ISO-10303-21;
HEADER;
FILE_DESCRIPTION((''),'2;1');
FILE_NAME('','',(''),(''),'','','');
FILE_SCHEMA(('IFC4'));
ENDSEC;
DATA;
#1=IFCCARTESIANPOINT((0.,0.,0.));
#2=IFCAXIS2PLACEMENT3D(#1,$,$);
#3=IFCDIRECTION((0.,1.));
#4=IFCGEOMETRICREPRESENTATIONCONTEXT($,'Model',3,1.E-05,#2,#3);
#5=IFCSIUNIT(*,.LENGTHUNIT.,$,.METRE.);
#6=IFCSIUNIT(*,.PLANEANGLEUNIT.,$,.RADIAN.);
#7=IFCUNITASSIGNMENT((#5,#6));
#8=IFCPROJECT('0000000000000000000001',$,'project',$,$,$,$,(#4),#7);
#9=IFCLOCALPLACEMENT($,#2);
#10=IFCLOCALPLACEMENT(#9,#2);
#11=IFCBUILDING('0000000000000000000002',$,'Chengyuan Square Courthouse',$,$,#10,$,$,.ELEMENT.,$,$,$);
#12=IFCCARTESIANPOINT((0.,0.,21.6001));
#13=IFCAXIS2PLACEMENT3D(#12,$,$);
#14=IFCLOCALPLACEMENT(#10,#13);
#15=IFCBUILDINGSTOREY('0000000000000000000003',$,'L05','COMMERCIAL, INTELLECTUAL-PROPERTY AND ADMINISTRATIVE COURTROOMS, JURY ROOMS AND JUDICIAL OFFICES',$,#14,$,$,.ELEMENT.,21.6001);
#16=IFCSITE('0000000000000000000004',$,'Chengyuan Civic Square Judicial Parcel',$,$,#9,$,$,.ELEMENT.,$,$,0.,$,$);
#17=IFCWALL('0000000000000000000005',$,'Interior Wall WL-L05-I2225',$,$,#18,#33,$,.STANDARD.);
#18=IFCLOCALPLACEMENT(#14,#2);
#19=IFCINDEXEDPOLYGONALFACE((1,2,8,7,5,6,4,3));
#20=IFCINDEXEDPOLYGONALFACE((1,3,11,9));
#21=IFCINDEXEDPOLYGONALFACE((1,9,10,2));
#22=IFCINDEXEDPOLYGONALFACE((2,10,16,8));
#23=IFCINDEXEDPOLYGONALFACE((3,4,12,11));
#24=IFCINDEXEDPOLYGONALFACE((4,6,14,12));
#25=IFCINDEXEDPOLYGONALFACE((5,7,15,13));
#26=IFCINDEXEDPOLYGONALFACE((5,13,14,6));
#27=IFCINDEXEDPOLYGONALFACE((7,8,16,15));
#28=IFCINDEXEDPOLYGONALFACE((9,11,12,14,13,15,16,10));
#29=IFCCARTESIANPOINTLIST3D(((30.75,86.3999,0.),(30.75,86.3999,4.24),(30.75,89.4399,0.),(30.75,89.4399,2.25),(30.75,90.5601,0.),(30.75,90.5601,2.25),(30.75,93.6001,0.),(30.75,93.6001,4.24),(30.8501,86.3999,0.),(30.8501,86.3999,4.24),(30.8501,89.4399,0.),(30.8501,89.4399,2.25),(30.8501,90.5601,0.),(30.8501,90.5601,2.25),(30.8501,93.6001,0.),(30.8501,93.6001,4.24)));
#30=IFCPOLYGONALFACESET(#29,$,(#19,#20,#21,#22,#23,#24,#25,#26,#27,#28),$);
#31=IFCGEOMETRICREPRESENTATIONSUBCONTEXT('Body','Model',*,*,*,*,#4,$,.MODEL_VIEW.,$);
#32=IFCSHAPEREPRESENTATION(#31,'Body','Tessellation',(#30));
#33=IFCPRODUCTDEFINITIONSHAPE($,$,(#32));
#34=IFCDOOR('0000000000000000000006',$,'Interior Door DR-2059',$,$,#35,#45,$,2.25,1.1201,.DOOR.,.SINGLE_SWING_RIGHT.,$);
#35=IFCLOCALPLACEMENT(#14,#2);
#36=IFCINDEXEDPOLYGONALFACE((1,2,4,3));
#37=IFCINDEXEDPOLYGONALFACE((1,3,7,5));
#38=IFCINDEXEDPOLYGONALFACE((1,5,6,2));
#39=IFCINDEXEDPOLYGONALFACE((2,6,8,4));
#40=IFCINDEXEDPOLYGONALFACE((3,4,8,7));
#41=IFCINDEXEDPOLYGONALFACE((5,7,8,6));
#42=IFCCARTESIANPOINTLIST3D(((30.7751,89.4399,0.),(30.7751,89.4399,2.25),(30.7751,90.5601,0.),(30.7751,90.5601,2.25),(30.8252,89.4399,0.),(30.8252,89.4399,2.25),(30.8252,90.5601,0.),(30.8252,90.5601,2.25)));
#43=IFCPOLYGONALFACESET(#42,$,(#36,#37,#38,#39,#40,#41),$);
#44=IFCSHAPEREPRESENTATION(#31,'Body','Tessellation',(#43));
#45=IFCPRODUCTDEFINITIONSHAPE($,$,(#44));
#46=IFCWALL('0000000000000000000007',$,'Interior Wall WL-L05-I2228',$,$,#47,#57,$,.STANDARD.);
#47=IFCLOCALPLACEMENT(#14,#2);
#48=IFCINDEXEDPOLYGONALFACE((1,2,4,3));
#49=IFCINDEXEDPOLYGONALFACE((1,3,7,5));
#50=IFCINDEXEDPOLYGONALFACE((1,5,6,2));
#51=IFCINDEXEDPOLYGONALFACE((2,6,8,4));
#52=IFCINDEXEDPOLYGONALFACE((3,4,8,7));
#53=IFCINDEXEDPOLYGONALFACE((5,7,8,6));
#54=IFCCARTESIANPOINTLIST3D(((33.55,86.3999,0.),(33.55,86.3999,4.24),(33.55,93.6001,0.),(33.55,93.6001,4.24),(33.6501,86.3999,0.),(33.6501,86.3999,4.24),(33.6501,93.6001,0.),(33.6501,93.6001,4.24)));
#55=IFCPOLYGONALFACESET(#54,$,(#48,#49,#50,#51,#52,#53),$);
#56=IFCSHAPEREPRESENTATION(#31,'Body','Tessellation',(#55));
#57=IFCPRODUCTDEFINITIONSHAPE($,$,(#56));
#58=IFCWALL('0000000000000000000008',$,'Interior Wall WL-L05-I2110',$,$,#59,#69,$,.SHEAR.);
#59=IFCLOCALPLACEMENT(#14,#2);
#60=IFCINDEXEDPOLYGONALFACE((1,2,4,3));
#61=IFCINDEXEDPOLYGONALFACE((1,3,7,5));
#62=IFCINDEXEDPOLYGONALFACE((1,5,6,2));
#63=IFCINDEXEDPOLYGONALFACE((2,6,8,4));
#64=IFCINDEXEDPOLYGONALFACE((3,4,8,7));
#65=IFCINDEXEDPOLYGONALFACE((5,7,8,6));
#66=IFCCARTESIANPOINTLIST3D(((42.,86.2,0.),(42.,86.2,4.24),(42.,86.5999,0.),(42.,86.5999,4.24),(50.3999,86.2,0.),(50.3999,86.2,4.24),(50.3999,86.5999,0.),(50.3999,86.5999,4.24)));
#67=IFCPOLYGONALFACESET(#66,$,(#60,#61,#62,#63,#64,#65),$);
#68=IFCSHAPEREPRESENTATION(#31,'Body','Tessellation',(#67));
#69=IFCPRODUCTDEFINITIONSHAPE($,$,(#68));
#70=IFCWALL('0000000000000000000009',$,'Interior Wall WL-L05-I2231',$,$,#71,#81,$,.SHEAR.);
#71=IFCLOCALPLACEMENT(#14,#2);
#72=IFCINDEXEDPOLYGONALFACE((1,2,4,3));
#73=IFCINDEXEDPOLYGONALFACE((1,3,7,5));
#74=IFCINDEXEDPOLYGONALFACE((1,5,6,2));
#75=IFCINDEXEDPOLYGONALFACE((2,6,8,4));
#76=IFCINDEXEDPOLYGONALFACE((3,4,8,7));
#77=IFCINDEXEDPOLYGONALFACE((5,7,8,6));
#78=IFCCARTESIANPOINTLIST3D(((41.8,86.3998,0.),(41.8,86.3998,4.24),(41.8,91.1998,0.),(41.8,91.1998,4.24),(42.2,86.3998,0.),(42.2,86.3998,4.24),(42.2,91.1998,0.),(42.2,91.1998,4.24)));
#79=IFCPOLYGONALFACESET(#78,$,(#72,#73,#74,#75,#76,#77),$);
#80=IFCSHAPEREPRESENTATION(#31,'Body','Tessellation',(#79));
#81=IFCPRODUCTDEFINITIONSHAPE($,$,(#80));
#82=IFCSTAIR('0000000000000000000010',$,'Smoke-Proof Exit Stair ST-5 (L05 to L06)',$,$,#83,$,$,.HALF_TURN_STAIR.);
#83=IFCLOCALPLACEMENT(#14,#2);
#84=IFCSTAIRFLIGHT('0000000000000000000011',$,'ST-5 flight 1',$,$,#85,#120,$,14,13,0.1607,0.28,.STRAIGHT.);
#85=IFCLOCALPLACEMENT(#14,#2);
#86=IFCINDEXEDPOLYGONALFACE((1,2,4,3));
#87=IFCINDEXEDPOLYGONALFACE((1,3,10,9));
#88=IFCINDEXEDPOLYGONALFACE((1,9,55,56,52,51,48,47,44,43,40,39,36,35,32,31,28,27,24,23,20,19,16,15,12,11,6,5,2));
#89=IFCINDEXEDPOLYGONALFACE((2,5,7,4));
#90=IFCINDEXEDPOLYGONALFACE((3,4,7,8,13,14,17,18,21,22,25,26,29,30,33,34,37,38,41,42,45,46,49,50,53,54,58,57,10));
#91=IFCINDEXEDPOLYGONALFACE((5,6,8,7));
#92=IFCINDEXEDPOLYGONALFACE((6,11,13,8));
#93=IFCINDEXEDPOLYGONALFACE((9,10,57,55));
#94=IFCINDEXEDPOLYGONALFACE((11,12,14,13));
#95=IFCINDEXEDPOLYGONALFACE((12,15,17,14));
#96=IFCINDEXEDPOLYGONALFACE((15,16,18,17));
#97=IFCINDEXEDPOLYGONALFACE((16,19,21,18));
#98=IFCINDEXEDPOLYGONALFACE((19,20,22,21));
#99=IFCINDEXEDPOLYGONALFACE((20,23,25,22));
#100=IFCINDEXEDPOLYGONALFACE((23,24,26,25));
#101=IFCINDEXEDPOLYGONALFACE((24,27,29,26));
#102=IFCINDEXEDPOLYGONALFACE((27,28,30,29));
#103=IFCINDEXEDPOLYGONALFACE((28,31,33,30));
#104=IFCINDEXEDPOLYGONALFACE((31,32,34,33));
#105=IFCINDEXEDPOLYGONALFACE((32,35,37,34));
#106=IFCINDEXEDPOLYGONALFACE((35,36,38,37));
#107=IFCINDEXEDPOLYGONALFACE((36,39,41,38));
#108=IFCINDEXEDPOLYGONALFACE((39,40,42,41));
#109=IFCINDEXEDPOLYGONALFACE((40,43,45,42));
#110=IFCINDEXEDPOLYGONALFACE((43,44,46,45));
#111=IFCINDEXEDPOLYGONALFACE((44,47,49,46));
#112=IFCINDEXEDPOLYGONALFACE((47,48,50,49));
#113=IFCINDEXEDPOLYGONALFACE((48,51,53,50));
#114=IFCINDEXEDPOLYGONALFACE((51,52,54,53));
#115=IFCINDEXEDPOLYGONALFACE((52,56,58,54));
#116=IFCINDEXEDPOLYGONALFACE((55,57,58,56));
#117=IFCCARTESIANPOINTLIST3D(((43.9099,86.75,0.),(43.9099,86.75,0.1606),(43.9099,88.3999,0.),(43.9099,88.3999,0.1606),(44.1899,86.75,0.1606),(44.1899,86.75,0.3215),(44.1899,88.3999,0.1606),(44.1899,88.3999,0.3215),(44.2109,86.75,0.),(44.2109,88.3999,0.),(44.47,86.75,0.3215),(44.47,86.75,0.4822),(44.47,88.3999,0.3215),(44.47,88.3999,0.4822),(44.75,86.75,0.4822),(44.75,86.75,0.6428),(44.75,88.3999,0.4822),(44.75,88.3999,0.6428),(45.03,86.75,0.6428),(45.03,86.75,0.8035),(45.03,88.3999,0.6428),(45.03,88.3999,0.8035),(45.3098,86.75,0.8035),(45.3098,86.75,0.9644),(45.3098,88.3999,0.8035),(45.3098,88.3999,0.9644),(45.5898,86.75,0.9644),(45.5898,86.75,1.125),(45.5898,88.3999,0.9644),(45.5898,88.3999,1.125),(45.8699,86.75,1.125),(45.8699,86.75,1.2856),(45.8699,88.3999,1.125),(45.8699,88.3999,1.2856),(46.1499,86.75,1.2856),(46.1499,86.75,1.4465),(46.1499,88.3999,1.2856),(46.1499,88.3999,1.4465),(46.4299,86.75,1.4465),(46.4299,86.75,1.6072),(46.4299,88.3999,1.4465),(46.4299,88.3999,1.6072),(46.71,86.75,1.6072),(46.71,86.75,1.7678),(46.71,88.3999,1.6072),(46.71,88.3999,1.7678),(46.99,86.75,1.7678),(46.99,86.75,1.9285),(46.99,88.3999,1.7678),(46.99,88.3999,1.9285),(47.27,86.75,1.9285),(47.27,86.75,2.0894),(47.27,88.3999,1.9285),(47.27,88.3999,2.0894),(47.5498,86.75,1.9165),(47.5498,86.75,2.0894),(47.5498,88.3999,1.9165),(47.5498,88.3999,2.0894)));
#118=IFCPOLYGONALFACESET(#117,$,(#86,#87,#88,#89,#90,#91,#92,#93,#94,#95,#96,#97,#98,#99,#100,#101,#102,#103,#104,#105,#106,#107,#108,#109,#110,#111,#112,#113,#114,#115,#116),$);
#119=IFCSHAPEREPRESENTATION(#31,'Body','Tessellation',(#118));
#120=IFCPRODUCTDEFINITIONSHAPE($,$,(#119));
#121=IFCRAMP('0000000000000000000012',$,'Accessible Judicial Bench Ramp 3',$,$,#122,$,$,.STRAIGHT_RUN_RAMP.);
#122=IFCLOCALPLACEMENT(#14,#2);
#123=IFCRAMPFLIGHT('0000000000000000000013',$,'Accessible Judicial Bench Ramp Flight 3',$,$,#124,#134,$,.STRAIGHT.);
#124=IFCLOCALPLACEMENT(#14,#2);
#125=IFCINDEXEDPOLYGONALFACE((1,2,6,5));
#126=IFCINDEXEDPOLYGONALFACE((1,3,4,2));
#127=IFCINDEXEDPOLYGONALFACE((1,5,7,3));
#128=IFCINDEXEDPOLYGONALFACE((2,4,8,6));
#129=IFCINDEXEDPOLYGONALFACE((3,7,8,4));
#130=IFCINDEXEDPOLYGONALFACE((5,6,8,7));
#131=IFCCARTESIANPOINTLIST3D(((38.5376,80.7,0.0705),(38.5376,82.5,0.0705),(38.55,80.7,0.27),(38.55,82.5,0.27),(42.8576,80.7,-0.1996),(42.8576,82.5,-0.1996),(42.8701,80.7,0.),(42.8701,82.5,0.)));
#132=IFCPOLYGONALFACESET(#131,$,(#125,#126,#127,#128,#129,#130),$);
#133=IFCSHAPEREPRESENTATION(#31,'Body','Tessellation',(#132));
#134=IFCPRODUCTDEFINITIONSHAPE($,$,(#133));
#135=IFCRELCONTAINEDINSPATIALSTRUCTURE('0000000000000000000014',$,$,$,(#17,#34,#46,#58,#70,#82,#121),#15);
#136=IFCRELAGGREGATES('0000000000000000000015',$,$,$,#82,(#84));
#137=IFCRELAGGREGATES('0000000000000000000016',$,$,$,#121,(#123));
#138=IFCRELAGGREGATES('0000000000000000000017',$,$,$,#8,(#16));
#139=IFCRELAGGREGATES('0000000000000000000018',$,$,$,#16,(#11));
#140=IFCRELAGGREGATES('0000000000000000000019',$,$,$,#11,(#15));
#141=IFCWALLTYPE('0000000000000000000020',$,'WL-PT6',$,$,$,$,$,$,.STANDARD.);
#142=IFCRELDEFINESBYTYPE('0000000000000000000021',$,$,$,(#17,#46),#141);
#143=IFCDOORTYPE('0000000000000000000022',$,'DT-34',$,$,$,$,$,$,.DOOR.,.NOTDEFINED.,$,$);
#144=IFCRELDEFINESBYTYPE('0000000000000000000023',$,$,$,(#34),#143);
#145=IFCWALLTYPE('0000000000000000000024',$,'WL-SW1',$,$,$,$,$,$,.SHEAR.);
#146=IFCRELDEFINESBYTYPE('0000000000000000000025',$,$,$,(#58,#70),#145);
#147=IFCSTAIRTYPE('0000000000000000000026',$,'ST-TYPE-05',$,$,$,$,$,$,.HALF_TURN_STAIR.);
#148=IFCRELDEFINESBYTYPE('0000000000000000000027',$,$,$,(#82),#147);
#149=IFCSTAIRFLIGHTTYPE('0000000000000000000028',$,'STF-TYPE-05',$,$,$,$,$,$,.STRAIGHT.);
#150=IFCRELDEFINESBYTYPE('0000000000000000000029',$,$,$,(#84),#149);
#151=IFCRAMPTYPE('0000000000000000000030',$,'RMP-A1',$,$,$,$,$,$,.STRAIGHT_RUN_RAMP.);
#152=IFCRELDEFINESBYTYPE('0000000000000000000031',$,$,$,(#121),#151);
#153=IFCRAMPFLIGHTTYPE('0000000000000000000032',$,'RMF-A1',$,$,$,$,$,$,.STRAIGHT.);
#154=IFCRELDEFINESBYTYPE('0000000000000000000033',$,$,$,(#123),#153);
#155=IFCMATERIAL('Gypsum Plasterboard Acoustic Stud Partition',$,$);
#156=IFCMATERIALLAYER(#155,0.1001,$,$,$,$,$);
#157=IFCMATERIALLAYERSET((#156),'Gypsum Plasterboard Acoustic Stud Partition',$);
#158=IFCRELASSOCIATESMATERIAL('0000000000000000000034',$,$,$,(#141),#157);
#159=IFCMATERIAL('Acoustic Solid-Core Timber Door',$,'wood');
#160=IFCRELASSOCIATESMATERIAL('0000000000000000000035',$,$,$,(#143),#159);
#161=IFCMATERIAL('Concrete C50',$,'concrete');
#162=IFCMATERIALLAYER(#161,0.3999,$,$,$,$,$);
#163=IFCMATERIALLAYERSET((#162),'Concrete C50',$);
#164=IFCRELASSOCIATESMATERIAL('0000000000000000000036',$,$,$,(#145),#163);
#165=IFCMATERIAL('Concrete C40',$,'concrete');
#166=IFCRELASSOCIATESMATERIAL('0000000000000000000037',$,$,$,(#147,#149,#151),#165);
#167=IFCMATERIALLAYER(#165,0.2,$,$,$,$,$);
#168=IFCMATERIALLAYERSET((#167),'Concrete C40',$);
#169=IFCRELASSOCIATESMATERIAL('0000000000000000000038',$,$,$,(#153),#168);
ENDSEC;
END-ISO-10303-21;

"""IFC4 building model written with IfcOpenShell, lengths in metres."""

from ifc_helpers import new_model, si_unit, direction, frame, frame_2d, origin, place, context, subcontext, project, spatial, polyline, rectangle, outline, extrude, material, layer, layer_set, type_object, element, fill, aggregate, save


model = new_model("IFC4")

# Units and contexts
model_context = context("Model", 3, precision=1e-05, world=origin(), true_north=direction((0.0, 1.0)))
body_context = subcontext(model_context, "Body", "Model", "MODEL_VIEW")
ifc_project = project(units=[si_unit("LENGTHUNIT", "METRE"), si_unit("PLANEANGLEUNIT", "RADIAN")], contexts=[model_context])

# Site, building, storey
site_placement = place(None, origin())
site = spatial("IfcSite", under=ifc_project, at=site_placement, Name="Chengyuan Civic Square Judicial Parcel", CompositionType="ELEMENT", RefElevation=0.0)
building_placement = place(site_placement, origin())
building = spatial("IfcBuilding", under=site, at=building_placement, Name="Chengyuan Square Courthouse", CompositionType="ELEMENT")
storey_placement = place(building_placement, frame((0.0, 0.0, 21.6001)))
storey = spatial("IfcBuildingStorey", under=building, at=storey_placement, Name="L05", Description="COMMERCIAL, INTELLECTUAL-PROPERTY AND ADMINISTRATIVE COURTROOMS, JURY ROOMS AND JUDICIAL OFFICES", CompositionType="ELEMENT", Elevation=21.6001)

# Shared definitions
ifc_material_1 = material(Name="Concrete C50", Category="concrete")

# Shared definitions
ifc_material_2 = material(Name="Concrete C40", Category="concrete")

# Wall, opening, door
ifc_material_3 = material(Name="Gypsum Plasterboard Acoustic Stud Partition")
ifc_layer_1 = layer(ifc_material_3, 0.1001)
ifc_layer_set_1 = layer_set([ifc_layer_1], Name="Gypsum Plasterboard Acoustic Stud Partition")
wall_type_1 = type_object("IfcWallType", Name="WL-PT6", PredefinedType="STANDARD", material=ifc_layer_set_1)
wall_1_placement = place(storey_placement, frame((30.8, 86.3999, 0.0), z_axis=(0.0, 0.0, 1.0), x_axis=(0.0, 1.0, 0.0)))
wall_1 = element("IfcWall", 1, at=wall_1_placement, inside=storey, type_object=wall_type_1, Name="Interior Wall WL-L05-I2225", PredefinedType="STANDARD", context=body_context, shape_type="SweptSolid", body=[
    extrude(rectangle(XDim=7.2002, YDim=0.1001, at=frame_2d((3.6001, 0.0))), origin(), (0.0, 0.0, 1.0), 4.24),
])
opening_1_placement = place(wall_1_placement, frame((3.04, 0.0, 0.0)))
opening_1 = element("IfcOpeningElement", 2, at=opening_1_placement, cuts=wall_1, PredefinedType="OPENING", context=body_context, shape_type="SweptSolid", body=[
    extrude(rectangle(XDim=1.1201, YDim=2.25, at=frame_2d((0.5601, 1.125))), frame((0.0, 0.062, 0.0), z_axis=(0.0, -1.0, 0.0), x_axis=(1.0, 0.0, 0.0)), (0.0, 0.0, 1.0), 0.124),
])
ifc_material_4 = material(Name="Acoustic Solid-Core Timber Door", Category="wood")
door_type_1 = type_object("IfcDoorType", Name="DT-34", OperationType="NOTDEFINED", PredefinedType="DOOR", material=ifc_material_4)
door_1_placement = place(opening_1_placement, origin())
door_1 = element("IfcDoor", 3, at=door_1_placement, inside=storey, type_object=door_type_1, Name="Interior Door DR-2059", OperationType="SINGLE_SWING_RIGHT", OverallHeight=2.25, OverallWidth=1.1201, PredefinedType="DOOR", context=body_context, shape_type="SweptSolid", body=[
    extrude(rectangle(XDim=1.1201, YDim=2.25, at=frame_2d((0.5601, 1.125))), frame((0.0, 0.0249, 0.0), z_axis=(0.0, -1.0, 0.0), x_axis=(1.0, 0.0, 0.0)), (0.0, 0.0, 1.0), 0.05),
])
fill(opening_1, door_1)

# Walls
wall_2_placement = place(storey_placement, frame((33.6001, 86.3999, 0.0), z_axis=(0.0, 0.0, 1.0), x_axis=(0.0, 1.0, 0.0)))
element("IfcWall", 4, at=wall_2_placement, inside=storey, type_object=wall_type_1, Name="Interior Wall WL-L05-I2228", PredefinedType="STANDARD", context=body_context, shape_type="SweptSolid", body=[
    extrude(rectangle(XDim=7.2002, YDim=0.1001, at=frame_2d((3.6001, 0.0))), origin(), (0.0, 0.0, 1.0), 4.24),
])
ifc_layer_2 = layer(ifc_material_1, 0.3999)
ifc_layer_set_2 = layer_set([ifc_layer_2], Name="Concrete C50")
wall_type_2 = type_object("IfcWallType", Name="WL-SW1", PredefinedType="SHEAR", material=ifc_layer_set_2)
wall_3_placement = place(storey_placement, frame((42.0, 86.3999, 0.0), z_axis=(0.0, 0.0, 1.0), x_axis=(1.0, 0.0, 0.0)))
element("IfcWall", 5, at=wall_3_placement, inside=storey, type_object=wall_type_2, Name="Interior Wall WL-L05-I2110", PredefinedType="SHEAR", context=body_context, shape_type="SweptSolid", body=[
    extrude(rectangle(XDim=8.3999, YDim=0.3999, at=frame_2d((4.2, 0.0))), origin(), (0.0, 0.0, 1.0), 4.24),
])
wall_4_placement = place(storey_placement, frame((42.0, 86.3999, 0.0), z_axis=(0.0, 0.0, 1.0), x_axis=(0.0, 1.0, 0.0)))
element("IfcWall", 6, at=wall_4_placement, inside=storey, type_object=wall_type_2, Name="Interior Wall WL-L05-I2231", PredefinedType="SHEAR", context=body_context, shape_type="SweptSolid", body=[
    extrude(rectangle(XDim=4.8, YDim=0.3999, at=frame_2d((2.3999, 0.0))), origin(), (0.0, 0.0, 1.0), 4.24),
])

# Stair, stair flight
stair_type = type_object("IfcStairType", Name="ST-TYPE-05", PredefinedType="HALF_TURN_STAIR", material=ifc_material_2)
stair_placement = place(storey_placement, origin())
stair = element("IfcStair", 7, at=stair_placement, inside=storey, type_object=stair_type, Name="Smoke-Proof Exit Stair ST-5 (L05 to L06)", PredefinedType="HALF_TURN_STAIR")
stair_flight_type = type_object("IfcStairFlightType", Name="STF-TYPE-05", PredefinedType="STRAIGHT", material=ifc_material_2)
stair_flight_placement = place(storey_placement, frame((43.9099, 87.575, 0.0), z_axis=(0.0, 0.0, 1.0), x_axis=(1.0, 0.0, 0.0)))
stair_flight = element("IfcStairFlight", 8, at=stair_flight_placement, type_object=stair_flight_type, Name="ST-5 flight 1", NumberOfRisers=14, NumberOfTreads=13, PredefinedType="STRAIGHT", RiserHeight=0.1607, TreadLength=0.28, context=body_context, shape_type="SweptSolid", body=[
    extrude(outline(polyline([(0.0, 0.0), (0.0, 0.1606), (0.28, 0.1606), (0.28, 0.3215), (0.5601, 0.3215), (0.5601, 0.4822), (0.8401, 0.4822), (0.8401, 0.6428), (1.1201, 0.6428), (1.1201, 0.8035), (1.3999, 0.8035), (1.3999, 0.9644), (1.6799, 0.9644), (1.6799, 1.125), (1.96, 1.125), (1.96, 1.2856), (2.24, 1.2856), (2.24, 1.4465), (2.52, 1.4465), (2.52, 1.6072), (2.8, 1.6072), (2.8, 1.7678), (3.0801, 1.7678), (3.0801, 1.9285), (3.3601, 1.9285), (3.3601, 2.0894), (3.6399, 2.0894), (3.6399, 2.25), (3.6399, 1.9165), (0.301, 0.0), (0.0, 0.0)])), frame((0.0, 0.825, 0.0), z_axis=(0.0, -1.0, 0.0), x_axis=(1.0, 0.0, 0.0)), (0.0, 0.0, 1.0), 1.6499),
])
aggregate(stair, [stair_flight])

# Ramp, ramp flight
ramp_type = type_object("IfcRampType", Name="RMP-A1", PredefinedType="STRAIGHT_RUN_RAMP", material=ifc_material_2)
ramp_placement = place(storey_placement, origin())
ramp = element("IfcRamp", 9, at=ramp_placement, inside=storey, type_object=ramp_type, Name="Accessible Judicial Bench Ramp 3", PredefinedType="STRAIGHT_RUN_RAMP")
ifc_layer_3 = layer(ifc_material_2, 0.2)
ifc_layer_set_3 = layer_set([ifc_layer_3], Name="Concrete C40")
ramp_flight_type = type_object("IfcRampFlightType", Name="RMF-A1", PredefinedType="STRAIGHT", material=ifc_layer_set_3)
ramp_flight_placement = place(storey_placement, frame((42.8701, 80.7, 0.0), z_axis=(0.062382, 0.0, 0.998052), x_axis=(0.0, 1.0, 0.0)))
ramp_flight = element("IfcRampFlight", 10, at=ramp_flight_placement, type_object=ramp_flight_type, Name="Accessible Judicial Bench Ramp Flight 3", PredefinedType="STRAIGHT", context=body_context, shape_type="SweptSolid", body=[
    extrude(outline(polyline([(0.0, 0.0), (1.8, 0.0), (1.8, 4.3285), (0.0, 4.3285), (0.0, 0.0)])), origin(), (0.0, 0.0, -1.0), 0.2),
])
aggregate(ramp, [ramp_flight])

save(model, "model.ifc")
